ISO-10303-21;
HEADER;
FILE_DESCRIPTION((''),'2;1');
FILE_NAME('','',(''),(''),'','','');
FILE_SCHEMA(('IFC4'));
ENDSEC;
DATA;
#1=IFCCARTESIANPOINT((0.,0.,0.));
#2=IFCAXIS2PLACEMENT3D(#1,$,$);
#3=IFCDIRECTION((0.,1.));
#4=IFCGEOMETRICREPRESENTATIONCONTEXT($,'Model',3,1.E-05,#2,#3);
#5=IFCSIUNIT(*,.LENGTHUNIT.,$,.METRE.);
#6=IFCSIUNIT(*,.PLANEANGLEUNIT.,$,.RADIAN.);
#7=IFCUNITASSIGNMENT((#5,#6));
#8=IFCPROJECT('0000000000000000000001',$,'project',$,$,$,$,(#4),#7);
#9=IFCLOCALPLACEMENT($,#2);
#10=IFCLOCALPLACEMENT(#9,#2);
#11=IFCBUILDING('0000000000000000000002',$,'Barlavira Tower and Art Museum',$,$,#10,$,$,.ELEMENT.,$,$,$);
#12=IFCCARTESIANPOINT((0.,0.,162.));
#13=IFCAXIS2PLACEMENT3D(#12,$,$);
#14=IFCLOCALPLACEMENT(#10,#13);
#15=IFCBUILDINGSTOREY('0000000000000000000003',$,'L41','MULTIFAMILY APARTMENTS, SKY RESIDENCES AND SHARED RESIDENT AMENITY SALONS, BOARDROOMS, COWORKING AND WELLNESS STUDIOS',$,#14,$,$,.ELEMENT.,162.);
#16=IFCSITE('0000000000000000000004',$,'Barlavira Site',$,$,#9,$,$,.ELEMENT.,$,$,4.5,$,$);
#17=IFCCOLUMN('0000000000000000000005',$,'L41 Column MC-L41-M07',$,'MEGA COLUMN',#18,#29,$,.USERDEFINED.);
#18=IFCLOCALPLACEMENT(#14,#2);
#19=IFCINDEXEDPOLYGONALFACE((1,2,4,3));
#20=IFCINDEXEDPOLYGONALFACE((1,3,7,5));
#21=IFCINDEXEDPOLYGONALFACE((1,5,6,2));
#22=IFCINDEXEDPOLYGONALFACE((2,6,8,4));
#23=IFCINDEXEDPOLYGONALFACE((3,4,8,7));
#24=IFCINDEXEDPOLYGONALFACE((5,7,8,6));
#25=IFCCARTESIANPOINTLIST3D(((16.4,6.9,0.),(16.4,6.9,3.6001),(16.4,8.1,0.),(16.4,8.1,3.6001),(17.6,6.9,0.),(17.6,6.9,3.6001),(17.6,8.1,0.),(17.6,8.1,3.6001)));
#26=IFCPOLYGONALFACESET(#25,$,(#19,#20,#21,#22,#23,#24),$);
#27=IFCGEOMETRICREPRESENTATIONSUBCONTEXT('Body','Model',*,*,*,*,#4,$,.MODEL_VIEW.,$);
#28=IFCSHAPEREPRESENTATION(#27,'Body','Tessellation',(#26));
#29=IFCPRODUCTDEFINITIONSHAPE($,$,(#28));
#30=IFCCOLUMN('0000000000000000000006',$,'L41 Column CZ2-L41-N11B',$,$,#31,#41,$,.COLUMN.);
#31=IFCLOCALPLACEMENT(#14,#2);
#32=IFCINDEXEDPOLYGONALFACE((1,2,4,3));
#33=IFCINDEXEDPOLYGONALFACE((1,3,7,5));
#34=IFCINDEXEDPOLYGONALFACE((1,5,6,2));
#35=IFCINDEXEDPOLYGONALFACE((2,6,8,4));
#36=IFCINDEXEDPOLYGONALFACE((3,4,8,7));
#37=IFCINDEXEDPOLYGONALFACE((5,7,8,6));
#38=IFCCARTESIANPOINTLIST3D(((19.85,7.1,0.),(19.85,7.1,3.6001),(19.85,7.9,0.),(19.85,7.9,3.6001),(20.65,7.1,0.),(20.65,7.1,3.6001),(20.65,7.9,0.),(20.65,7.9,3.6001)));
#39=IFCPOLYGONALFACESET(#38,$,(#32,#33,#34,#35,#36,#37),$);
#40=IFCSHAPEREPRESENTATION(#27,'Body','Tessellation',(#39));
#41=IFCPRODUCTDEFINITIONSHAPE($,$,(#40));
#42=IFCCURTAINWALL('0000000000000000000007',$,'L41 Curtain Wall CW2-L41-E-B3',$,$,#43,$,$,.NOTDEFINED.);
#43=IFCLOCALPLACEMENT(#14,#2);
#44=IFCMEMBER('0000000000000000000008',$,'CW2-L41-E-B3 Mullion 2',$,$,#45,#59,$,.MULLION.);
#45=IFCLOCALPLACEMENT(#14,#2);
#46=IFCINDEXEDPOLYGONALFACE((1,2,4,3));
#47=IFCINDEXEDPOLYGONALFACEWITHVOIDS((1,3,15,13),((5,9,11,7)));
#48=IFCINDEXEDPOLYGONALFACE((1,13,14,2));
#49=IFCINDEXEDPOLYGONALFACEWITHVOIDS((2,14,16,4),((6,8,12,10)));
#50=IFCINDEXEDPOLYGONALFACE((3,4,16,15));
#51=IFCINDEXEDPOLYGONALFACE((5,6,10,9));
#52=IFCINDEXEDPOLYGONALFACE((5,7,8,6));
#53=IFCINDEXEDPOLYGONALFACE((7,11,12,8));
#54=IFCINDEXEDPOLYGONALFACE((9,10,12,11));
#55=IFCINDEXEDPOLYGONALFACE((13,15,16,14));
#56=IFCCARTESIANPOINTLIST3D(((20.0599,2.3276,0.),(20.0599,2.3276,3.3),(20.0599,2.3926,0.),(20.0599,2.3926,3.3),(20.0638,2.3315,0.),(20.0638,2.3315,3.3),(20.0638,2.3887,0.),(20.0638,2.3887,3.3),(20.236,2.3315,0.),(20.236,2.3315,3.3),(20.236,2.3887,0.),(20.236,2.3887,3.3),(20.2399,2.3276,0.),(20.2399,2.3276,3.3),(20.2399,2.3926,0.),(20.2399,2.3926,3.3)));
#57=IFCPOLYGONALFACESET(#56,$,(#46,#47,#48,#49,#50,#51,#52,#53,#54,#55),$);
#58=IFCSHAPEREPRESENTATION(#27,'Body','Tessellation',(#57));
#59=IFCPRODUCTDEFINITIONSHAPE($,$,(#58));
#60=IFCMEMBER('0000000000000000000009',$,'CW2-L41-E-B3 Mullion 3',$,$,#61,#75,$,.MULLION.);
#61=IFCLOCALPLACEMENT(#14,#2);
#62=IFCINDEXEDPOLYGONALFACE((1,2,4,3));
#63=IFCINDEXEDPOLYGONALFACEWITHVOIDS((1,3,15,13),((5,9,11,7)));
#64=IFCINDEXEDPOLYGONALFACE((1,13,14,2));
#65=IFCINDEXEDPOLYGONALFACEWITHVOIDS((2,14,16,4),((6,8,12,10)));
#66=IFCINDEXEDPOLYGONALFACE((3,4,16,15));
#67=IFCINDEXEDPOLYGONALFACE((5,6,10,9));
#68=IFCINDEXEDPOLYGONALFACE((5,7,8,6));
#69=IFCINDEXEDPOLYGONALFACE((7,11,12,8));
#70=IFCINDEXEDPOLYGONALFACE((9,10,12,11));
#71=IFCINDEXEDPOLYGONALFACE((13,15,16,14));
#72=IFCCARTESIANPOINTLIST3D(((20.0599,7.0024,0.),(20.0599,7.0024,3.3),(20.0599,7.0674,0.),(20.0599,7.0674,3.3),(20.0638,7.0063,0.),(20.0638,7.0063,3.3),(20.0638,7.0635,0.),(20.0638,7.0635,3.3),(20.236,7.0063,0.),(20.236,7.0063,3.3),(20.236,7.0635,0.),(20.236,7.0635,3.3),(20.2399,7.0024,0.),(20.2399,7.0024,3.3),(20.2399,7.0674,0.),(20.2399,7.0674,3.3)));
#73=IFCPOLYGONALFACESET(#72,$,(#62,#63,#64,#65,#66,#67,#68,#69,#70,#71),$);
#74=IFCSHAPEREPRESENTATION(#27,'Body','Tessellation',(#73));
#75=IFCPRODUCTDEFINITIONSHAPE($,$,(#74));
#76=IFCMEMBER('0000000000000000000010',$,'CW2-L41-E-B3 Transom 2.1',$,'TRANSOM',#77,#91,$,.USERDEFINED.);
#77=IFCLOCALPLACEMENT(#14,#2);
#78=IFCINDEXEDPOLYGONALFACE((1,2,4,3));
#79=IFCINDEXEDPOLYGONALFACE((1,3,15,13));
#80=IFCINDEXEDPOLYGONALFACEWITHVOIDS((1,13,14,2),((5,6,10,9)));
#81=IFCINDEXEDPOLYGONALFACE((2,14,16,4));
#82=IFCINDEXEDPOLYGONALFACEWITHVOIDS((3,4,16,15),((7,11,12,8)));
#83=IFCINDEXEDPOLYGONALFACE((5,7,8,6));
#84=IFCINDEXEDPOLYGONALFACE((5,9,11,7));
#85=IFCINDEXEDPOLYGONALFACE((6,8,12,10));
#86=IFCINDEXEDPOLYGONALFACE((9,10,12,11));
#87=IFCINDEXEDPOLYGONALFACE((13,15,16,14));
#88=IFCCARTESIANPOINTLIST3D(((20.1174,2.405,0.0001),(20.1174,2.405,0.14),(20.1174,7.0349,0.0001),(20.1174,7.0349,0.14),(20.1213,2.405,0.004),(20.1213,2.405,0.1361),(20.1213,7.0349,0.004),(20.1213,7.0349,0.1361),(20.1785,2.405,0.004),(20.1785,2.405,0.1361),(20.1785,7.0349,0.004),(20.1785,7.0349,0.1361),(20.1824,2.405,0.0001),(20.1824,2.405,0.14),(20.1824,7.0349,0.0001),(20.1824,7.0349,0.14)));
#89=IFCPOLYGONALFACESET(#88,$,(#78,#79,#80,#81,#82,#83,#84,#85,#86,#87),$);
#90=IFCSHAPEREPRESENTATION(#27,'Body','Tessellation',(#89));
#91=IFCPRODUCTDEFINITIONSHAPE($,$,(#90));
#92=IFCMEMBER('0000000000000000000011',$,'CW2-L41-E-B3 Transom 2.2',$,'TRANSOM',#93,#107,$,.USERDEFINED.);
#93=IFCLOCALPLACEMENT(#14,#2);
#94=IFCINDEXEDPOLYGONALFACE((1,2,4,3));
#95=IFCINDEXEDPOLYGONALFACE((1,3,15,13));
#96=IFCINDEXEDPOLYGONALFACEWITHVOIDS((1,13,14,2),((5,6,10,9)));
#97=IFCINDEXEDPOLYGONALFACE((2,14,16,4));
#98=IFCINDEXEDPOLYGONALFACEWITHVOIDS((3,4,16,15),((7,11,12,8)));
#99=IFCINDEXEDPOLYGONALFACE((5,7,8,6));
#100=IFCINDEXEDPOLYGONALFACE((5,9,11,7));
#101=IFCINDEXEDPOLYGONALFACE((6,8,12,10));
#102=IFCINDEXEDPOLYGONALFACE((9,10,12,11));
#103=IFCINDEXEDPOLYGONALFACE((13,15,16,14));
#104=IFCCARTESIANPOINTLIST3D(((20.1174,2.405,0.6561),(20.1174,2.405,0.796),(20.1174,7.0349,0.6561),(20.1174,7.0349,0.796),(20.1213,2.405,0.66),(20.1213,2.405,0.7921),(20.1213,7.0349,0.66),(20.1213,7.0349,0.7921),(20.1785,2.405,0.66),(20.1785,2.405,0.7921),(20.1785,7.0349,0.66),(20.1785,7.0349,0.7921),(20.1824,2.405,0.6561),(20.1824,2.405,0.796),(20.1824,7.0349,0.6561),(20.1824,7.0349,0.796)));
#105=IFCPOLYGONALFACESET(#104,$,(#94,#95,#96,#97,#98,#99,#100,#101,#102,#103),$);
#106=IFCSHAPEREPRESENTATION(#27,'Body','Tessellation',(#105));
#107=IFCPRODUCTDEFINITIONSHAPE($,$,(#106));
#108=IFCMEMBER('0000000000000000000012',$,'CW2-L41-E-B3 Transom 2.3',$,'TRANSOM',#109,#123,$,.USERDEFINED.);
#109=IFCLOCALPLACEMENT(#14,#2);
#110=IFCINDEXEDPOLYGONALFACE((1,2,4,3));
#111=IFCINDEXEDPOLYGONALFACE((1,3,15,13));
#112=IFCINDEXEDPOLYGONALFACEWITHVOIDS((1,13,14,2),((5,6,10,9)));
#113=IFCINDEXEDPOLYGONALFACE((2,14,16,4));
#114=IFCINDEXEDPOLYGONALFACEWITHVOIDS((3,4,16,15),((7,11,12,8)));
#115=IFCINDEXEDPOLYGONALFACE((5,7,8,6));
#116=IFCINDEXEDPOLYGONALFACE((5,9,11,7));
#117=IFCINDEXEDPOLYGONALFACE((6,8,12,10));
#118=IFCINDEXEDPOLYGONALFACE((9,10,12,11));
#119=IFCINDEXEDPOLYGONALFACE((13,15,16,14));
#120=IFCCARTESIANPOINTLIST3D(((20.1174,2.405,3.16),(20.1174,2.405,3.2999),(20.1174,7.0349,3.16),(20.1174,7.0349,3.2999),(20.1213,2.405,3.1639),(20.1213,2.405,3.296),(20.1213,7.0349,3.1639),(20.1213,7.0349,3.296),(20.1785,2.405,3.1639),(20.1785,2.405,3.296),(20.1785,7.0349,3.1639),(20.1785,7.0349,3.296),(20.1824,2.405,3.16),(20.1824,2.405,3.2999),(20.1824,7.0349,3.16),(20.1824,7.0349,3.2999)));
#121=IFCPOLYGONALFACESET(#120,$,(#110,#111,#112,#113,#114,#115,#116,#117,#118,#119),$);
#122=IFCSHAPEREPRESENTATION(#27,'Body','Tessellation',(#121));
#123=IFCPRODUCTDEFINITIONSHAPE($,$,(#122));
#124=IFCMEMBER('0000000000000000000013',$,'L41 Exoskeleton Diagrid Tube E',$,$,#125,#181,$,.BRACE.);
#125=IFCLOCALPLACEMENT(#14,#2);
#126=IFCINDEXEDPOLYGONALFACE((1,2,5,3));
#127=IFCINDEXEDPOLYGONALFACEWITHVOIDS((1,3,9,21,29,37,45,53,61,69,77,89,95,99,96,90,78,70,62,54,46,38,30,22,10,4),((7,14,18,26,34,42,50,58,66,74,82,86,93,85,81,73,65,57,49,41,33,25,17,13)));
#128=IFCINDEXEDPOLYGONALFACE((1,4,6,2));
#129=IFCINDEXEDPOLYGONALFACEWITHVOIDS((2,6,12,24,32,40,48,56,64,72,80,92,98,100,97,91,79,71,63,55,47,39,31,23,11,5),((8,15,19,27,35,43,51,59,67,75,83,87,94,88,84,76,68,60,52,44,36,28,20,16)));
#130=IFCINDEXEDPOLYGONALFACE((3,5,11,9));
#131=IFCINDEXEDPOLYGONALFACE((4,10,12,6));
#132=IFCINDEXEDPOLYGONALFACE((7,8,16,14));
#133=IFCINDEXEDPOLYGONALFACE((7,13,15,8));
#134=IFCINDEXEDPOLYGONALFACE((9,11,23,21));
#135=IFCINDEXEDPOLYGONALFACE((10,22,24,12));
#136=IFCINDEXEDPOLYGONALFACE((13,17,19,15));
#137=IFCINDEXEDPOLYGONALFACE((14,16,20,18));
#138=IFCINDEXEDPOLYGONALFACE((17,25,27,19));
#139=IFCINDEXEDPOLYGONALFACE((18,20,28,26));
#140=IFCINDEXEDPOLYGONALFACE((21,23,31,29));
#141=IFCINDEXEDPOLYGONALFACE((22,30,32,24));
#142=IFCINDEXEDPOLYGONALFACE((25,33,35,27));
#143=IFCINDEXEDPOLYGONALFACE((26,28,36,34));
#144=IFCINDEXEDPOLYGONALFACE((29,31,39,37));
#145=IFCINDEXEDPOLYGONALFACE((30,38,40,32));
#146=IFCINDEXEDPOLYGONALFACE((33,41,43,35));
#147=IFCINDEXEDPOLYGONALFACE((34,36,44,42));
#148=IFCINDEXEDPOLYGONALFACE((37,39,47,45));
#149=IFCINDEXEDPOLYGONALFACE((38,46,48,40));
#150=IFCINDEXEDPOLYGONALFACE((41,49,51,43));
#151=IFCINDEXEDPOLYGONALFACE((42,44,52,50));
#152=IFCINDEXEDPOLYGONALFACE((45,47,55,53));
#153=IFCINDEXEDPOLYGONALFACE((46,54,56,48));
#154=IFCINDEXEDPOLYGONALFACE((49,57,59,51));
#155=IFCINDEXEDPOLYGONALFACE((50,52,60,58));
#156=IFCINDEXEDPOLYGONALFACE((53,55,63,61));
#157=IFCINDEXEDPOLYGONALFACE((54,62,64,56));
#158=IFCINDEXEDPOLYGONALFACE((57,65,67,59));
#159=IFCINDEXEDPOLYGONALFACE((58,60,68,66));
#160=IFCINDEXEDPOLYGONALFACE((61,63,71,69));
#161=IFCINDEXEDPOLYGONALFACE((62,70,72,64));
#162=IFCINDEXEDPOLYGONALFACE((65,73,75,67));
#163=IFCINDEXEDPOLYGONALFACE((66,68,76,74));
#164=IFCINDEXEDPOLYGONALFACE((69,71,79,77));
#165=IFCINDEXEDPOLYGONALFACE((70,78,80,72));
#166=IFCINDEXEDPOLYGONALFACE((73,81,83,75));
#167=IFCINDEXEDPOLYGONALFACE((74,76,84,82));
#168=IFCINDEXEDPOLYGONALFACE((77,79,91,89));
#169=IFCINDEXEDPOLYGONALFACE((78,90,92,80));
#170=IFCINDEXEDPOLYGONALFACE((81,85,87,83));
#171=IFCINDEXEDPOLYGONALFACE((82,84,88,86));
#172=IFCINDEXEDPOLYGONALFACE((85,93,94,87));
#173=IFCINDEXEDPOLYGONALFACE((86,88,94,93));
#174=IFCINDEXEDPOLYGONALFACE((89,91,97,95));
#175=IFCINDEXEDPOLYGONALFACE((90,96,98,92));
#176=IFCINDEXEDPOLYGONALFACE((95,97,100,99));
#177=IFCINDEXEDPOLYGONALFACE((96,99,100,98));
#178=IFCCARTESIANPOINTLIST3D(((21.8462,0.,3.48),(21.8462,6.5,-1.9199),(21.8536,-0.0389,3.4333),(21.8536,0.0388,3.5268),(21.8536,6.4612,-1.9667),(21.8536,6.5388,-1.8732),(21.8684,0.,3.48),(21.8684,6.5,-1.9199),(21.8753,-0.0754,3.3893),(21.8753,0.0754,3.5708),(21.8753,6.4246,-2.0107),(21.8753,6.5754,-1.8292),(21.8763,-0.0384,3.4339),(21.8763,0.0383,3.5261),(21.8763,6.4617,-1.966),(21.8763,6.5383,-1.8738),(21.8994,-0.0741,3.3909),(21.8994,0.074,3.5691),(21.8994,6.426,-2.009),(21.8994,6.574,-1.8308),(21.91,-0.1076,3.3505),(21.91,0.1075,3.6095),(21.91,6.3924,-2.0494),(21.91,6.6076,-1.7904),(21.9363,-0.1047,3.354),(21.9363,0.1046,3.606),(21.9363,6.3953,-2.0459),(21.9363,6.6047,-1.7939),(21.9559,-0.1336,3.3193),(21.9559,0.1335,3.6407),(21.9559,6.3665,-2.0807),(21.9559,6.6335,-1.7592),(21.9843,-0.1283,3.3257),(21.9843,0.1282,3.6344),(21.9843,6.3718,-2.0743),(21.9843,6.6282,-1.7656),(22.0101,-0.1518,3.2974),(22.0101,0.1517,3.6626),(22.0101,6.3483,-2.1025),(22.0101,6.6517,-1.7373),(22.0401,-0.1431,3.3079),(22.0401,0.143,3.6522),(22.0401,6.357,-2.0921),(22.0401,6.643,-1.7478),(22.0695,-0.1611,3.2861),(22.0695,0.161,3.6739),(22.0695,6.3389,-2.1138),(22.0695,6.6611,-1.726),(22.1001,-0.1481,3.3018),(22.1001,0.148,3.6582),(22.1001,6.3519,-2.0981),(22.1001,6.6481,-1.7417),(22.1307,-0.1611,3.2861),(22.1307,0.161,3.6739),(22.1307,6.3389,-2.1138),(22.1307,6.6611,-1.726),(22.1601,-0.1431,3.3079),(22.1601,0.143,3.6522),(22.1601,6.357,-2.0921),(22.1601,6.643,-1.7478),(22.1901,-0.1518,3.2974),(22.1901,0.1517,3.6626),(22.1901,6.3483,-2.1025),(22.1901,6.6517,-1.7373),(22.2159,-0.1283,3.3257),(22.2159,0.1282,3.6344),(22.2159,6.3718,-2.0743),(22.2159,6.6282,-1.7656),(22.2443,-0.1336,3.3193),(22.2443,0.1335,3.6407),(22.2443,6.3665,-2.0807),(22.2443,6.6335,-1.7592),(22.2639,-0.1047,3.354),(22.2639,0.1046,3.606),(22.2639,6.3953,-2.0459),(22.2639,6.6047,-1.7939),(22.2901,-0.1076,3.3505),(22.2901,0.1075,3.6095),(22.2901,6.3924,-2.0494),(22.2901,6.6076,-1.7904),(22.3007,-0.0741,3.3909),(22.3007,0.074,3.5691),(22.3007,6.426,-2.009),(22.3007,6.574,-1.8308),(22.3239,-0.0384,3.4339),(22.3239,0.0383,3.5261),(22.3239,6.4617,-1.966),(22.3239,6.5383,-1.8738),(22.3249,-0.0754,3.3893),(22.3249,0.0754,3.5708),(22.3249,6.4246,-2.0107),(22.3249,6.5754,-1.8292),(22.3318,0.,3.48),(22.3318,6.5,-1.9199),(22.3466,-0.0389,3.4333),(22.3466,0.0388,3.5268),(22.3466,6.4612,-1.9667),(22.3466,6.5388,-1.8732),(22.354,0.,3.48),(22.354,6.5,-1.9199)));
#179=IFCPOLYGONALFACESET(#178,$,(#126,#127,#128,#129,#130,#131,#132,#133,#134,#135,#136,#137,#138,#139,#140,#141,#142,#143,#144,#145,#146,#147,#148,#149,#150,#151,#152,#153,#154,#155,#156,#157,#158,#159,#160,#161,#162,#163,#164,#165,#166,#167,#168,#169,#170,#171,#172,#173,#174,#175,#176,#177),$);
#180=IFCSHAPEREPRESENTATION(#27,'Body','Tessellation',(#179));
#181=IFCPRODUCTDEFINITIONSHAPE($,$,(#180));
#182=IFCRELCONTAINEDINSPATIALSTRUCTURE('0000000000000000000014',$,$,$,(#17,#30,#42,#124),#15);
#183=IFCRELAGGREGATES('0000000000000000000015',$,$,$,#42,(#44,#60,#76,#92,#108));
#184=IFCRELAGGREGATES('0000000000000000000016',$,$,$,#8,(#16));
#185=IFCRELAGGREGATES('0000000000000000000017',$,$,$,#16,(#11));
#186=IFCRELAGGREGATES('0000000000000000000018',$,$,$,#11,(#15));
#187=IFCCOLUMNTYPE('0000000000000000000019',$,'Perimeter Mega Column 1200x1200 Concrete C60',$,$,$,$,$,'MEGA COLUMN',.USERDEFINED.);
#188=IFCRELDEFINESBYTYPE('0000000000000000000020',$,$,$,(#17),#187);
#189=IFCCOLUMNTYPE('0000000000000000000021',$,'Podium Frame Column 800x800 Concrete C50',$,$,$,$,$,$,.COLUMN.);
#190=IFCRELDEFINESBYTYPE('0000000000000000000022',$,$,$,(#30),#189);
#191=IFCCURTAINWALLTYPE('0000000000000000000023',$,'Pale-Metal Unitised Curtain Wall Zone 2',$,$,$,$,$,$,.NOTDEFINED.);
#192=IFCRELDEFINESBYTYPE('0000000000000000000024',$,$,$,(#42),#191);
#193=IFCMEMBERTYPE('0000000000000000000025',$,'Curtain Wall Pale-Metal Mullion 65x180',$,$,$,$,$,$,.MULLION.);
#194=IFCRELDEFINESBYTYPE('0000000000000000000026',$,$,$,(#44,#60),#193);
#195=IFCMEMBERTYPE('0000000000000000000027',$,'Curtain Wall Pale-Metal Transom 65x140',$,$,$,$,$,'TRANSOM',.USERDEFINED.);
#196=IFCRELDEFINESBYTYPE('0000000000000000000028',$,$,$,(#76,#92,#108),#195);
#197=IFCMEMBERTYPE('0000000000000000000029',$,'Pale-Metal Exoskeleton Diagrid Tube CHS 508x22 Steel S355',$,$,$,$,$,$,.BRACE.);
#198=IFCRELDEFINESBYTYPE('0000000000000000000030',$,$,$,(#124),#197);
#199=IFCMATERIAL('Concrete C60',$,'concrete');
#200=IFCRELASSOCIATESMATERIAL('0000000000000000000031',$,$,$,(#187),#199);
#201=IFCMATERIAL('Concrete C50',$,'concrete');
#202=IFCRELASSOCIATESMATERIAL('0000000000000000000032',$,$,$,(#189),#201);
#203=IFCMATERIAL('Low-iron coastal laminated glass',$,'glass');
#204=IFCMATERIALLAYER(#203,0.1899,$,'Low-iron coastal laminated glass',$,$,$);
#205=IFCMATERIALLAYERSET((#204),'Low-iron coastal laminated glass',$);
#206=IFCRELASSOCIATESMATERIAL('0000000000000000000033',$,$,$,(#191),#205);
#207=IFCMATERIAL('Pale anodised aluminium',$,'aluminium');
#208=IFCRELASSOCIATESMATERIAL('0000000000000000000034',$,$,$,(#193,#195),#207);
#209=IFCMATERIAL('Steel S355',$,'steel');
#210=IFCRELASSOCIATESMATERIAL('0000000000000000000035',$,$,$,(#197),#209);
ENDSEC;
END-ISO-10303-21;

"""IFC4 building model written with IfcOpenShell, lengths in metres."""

from ifc_helpers import new_model, si_unit, direction, frame, origin, origin_2d, place, context, subcontext, project, spatial, rectangle, hollow_rectangle, hollow_circle, extrude, material, layer, layer_set, material_profile, profile_set, type_object, element, aggregate, save


model = new_model("IFC4")

# Units and contexts
model_context = context("Model", 3, precision=1e-05, world=origin(), true_north=direction((0.0, 1.0)))
body_context = subcontext(model_context, "Body", "Model", "MODEL_VIEW")
ifc_project = project(units=[si_unit("LENGTHUNIT", "METRE"), si_unit("PLANEANGLEUNIT", "RADIAN")], contexts=[model_context])

# Site, building, storey
site_placement = place(None, origin())
site = spatial("IfcSite", under=ifc_project, at=site_placement, Name="Barlavira Site", CompositionType="ELEMENT", RefElevation=4.5)
building_placement = place(site_placement, origin())
building = spatial("IfcBuilding", under=site, at=building_placement, Name="Barlavira Tower and Art Museum", CompositionType="ELEMENT")
storey_placement = place(building_placement, frame((0.0, 0.0, 162.0)))
storey = spatial("IfcBuildingStorey", under=building, at=storey_placement, Name="L41", Description="MULTIFAMILY APARTMENTS, SKY RESIDENCES AND SHARED RESIDENT AMENITY SALONS, BOARDROOMS, COWORKING AND WELLNESS STUDIOS", CompositionType="ELEMENT", Elevation=162.0)

# Columns
ifc_material_1 = material(Name="Concrete C60", Category="concrete")
ifc_material_profile_1 = material_profile(ifc_material_1, rectangle(XDim=1.2, YDim=1.2, at=origin_2d()), Name="RC-COL 1200x1200")
ifc_profile_set_1 = profile_set([ifc_material_profile_1], Name="Concrete C60")
column_type_1 = type_object("IfcColumnType", Name="Perimeter Mega Column 1200x1200 Concrete C60", ElementType="MEGA COLUMN", PredefinedType="USERDEFINED", material=ifc_profile_set_1)
column_1_placement = place(storey_placement, frame((17.0, 7.5, 0.0), z_axis=(0.0, 0.0, 1.0), x_axis=(1.0, 0.0, 0.0)))
element("IfcColumn", 1, at=column_1_placement, inside=storey, type_object=column_type_1, Name="L41 Column MC-L41-M07", ObjectType="MEGA COLUMN", PredefinedType="USERDEFINED", context=body_context, shape_type="SweptSolid", body=[
    extrude(rectangle(XDim=1.2, YDim=1.2, at=origin_2d()), origin(), (0.0, 0.0, 1.0), 3.6001),
])
ifc_material_2 = material(Name="Concrete C50", Category="concrete")
ifc_material_profile_2 = material_profile(ifc_material_2, rectangle(XDim=0.8, YDim=0.8, at=origin_2d()), Name="RC-COL 800x800")
ifc_profile_set_2 = profile_set([ifc_material_profile_2], Name="Concrete C50")
column_type_2 = type_object("IfcColumnType", Name="Podium Frame Column 800x800 Concrete C50", PredefinedType="COLUMN", material=ifc_profile_set_2)
column_2_placement = place(storey_placement, frame((20.25, 7.5, 0.0), z_axis=(0.0, 0.0, 1.0), x_axis=(1.0, 0.0, 0.0)))
element("IfcColumn", 2, at=column_2_placement, inside=storey, type_object=column_type_2, Name="L41 Column CZ2-L41-N11B", PredefinedType="COLUMN", context=body_context, shape_type="SweptSolid", body=[
    extrude(rectangle(XDim=0.8, YDim=0.8, at=origin_2d()), origin(), (0.0, 0.0, 1.0), 3.6001),
])

# Curtain wall, members
ifc_material_3 = material(Name="Low-iron coastal laminated glass", Category="glass")
ifc_layer_1 = layer(ifc_material_3, 0.1899, Name="Low-iron coastal laminated glass")
ifc_layer_set_1 = layer_set([ifc_layer_1], Name="Low-iron coastal laminated glass")
curtain_wall_type = type_object("IfcCurtainWallType", Name="Pale-Metal Unitised Curtain Wall Zone 2", PredefinedType="NOTDEFINED", material=ifc_layer_set_1)
curtain_wall_placement = place(storey_placement, origin())
curtain_wall = element("IfcCurtainWall", 3, at=curtain_wall_placement, inside=storey, type_object=curtain_wall_type, Name="L41 Curtain Wall CW2-L41-E-B3", PredefinedType="NOTDEFINED")
ifc_material_4 = material(Name="Pale anodised aluminium", Category="aluminium")
ifc_material_profile_3 = material_profile(ifc_material_4, hollow_rectangle(XDim=0.0649, YDim=0.1799, WallThickness=0.0039, at=origin_2d()), Name="ALU-MULL 65x180x4")
ifc_profile_set_3 = profile_set([ifc_material_profile_3], Name="Pale anodised aluminium")
member_type_1 = type_object("IfcMemberType", Name="Curtain Wall Pale-Metal Mullion 65x180", PredefinedType="MULLION", material=ifc_profile_set_3)
member_1_placement = place(storey_placement, frame((20.1499, 2.3601, 0.0), z_axis=(0.0, 0.0, 1.0), x_axis=(0.0, 1.0, 0.0)))
member_1 = element("IfcMember", 4, at=member_1_placement, type_object=member_type_1, Name="CW2-L41-E-B3 Mullion 2", PredefinedType="MULLION", context=body_context, shape_type="SweptSolid", body=[
    extrude(hollow_rectangle(XDim=0.0649, YDim=0.1799, WallThickness=0.0039, at=origin_2d()), origin(), (0.0, 0.0, 1.0), 3.3),
])
member_2_placement = place(storey_placement, frame((20.1499, 7.0349, 0.0), z_axis=(0.0, 0.0, 1.0), x_axis=(0.0, 1.0, 0.0)))
member_2 = element("IfcMember", 5, at=member_2_placement, type_object=member_type_1, Name="CW2-L41-E-B3 Mullion 3", PredefinedType="MULLION", context=body_context, shape_type="SweptSolid", body=[
    extrude(hollow_rectangle(XDim=0.0649, YDim=0.1799, WallThickness=0.0039, at=origin_2d()), origin(), (0.0, 0.0, 1.0), 3.3),
])
ifc_material_profile_4 = material_profile(ifc_material_4, hollow_rectangle(XDim=0.0649, YDim=0.1399, WallThickness=0.0039, at=origin_2d()), Name="ALU-TRAN 65x140x4")
ifc_profile_set_4 = profile_set([ifc_material_profile_4], Name="Pale anodised aluminium")
member_type_2 = type_object("IfcMemberType", Name="Curtain Wall Pale-Metal Transom 65x140", ElementType="TRANSOM", PredefinedType="USERDEFINED", material=ifc_profile_set_4)
member_3_placement = place(storey_placement, frame((20.1499, 2.405, 0.0701), z_axis=(0.0, 1.0, 0.0), x_axis=(-1.0, 0.0, 0.0)))
member_3 = element("IfcMember", 6, at=member_3_placement, type_object=member_type_2, Name="CW2-L41-E-B3 Transom 2.1", ObjectType="TRANSOM", PredefinedType="USERDEFINED", context=body_context, shape_type="SweptSolid", body=[
    extrude(hollow_rectangle(XDim=0.0649, YDim=0.1399, WallThickness=0.0039, at=origin_2d()), origin(), (0.0, 0.0, 1.0), 4.6299),
])
member_4_placement = place(storey_placement, frame((20.1499, 2.405, 0.7261), z_axis=(0.0, 1.0, 0.0), x_axis=(-1.0, 0.0, 0.0)))
member_4 = element("IfcMember", 7, at=member_4_placement, type_object=member_type_2, Name="CW2-L41-E-B3 Transom 2.2", ObjectType="TRANSOM", PredefinedType="USERDEFINED", context=body_context, shape_type="SweptSolid", body=[
    extrude(hollow_rectangle(XDim=0.0649, YDim=0.1399, WallThickness=0.0039, at=origin_2d()), origin(), (0.0, 0.0, 1.0), 4.6299),
])
member_5_placement = place(storey_placement, frame((20.1499, 2.405, 3.23), z_axis=(0.0, 1.0, 0.0), x_axis=(-1.0, 0.0, 0.0)))
member_5 = element("IfcMember", 8, at=member_5_placement, type_object=member_type_2, Name="CW2-L41-E-B3 Transom 2.3", ObjectType="TRANSOM", PredefinedType="USERDEFINED", context=body_context, shape_type="SweptSolid", body=[
    extrude(hollow_rectangle(XDim=0.0649, YDim=0.1399, WallThickness=0.0039, at=origin_2d()), origin(), (0.0, 0.0, 1.0), 4.6299),
])

# Member
ifc_material_5 = material(Name="Steel S355", Category="steel")
ifc_material_profile_5 = material_profile(ifc_material_5, hollow_circle(Radius=0.2539, WallThickness=0.0222, at=origin_2d()), Name="CHS 508.0x22.2")
ifc_profile_set_5 = profile_set([ifc_material_profile_5], Name="Steel S355")
member_type_3 = type_object("IfcMemberType", Name="Pale-Metal Exoskeleton Diagrid Tube CHS 508x22 Steel S355", PredefinedType="BRACE", material=ifc_profile_set_5)
for number, where, z_axis, x_axis, name in (
    (9, (22.1001, 6.5, -1.9199), (0.0, -0.769196, 0.639013), (1.0, 0.0, 0.0), "L41 Exoskeleton Diagrid Tube E"),
):
    element("IfcMember", number, at=place(storey_placement, frame(where, z_axis=z_axis, x_axis=x_axis)), inside=storey, type_object=member_type_3, Name=name, PredefinedType="BRACE", context=body_context, shape_type="SweptSolid", body=[
        extrude(hollow_circle(Radius=0.2539, WallThickness=0.0222, at=origin_2d()), origin(), (0.0, 0.0, 1.0), 8.4504),
    ])

aggregate(curtain_wall, [member_1, member_2, member_3, member_4, member_5])

save(model, "model.ifc")
